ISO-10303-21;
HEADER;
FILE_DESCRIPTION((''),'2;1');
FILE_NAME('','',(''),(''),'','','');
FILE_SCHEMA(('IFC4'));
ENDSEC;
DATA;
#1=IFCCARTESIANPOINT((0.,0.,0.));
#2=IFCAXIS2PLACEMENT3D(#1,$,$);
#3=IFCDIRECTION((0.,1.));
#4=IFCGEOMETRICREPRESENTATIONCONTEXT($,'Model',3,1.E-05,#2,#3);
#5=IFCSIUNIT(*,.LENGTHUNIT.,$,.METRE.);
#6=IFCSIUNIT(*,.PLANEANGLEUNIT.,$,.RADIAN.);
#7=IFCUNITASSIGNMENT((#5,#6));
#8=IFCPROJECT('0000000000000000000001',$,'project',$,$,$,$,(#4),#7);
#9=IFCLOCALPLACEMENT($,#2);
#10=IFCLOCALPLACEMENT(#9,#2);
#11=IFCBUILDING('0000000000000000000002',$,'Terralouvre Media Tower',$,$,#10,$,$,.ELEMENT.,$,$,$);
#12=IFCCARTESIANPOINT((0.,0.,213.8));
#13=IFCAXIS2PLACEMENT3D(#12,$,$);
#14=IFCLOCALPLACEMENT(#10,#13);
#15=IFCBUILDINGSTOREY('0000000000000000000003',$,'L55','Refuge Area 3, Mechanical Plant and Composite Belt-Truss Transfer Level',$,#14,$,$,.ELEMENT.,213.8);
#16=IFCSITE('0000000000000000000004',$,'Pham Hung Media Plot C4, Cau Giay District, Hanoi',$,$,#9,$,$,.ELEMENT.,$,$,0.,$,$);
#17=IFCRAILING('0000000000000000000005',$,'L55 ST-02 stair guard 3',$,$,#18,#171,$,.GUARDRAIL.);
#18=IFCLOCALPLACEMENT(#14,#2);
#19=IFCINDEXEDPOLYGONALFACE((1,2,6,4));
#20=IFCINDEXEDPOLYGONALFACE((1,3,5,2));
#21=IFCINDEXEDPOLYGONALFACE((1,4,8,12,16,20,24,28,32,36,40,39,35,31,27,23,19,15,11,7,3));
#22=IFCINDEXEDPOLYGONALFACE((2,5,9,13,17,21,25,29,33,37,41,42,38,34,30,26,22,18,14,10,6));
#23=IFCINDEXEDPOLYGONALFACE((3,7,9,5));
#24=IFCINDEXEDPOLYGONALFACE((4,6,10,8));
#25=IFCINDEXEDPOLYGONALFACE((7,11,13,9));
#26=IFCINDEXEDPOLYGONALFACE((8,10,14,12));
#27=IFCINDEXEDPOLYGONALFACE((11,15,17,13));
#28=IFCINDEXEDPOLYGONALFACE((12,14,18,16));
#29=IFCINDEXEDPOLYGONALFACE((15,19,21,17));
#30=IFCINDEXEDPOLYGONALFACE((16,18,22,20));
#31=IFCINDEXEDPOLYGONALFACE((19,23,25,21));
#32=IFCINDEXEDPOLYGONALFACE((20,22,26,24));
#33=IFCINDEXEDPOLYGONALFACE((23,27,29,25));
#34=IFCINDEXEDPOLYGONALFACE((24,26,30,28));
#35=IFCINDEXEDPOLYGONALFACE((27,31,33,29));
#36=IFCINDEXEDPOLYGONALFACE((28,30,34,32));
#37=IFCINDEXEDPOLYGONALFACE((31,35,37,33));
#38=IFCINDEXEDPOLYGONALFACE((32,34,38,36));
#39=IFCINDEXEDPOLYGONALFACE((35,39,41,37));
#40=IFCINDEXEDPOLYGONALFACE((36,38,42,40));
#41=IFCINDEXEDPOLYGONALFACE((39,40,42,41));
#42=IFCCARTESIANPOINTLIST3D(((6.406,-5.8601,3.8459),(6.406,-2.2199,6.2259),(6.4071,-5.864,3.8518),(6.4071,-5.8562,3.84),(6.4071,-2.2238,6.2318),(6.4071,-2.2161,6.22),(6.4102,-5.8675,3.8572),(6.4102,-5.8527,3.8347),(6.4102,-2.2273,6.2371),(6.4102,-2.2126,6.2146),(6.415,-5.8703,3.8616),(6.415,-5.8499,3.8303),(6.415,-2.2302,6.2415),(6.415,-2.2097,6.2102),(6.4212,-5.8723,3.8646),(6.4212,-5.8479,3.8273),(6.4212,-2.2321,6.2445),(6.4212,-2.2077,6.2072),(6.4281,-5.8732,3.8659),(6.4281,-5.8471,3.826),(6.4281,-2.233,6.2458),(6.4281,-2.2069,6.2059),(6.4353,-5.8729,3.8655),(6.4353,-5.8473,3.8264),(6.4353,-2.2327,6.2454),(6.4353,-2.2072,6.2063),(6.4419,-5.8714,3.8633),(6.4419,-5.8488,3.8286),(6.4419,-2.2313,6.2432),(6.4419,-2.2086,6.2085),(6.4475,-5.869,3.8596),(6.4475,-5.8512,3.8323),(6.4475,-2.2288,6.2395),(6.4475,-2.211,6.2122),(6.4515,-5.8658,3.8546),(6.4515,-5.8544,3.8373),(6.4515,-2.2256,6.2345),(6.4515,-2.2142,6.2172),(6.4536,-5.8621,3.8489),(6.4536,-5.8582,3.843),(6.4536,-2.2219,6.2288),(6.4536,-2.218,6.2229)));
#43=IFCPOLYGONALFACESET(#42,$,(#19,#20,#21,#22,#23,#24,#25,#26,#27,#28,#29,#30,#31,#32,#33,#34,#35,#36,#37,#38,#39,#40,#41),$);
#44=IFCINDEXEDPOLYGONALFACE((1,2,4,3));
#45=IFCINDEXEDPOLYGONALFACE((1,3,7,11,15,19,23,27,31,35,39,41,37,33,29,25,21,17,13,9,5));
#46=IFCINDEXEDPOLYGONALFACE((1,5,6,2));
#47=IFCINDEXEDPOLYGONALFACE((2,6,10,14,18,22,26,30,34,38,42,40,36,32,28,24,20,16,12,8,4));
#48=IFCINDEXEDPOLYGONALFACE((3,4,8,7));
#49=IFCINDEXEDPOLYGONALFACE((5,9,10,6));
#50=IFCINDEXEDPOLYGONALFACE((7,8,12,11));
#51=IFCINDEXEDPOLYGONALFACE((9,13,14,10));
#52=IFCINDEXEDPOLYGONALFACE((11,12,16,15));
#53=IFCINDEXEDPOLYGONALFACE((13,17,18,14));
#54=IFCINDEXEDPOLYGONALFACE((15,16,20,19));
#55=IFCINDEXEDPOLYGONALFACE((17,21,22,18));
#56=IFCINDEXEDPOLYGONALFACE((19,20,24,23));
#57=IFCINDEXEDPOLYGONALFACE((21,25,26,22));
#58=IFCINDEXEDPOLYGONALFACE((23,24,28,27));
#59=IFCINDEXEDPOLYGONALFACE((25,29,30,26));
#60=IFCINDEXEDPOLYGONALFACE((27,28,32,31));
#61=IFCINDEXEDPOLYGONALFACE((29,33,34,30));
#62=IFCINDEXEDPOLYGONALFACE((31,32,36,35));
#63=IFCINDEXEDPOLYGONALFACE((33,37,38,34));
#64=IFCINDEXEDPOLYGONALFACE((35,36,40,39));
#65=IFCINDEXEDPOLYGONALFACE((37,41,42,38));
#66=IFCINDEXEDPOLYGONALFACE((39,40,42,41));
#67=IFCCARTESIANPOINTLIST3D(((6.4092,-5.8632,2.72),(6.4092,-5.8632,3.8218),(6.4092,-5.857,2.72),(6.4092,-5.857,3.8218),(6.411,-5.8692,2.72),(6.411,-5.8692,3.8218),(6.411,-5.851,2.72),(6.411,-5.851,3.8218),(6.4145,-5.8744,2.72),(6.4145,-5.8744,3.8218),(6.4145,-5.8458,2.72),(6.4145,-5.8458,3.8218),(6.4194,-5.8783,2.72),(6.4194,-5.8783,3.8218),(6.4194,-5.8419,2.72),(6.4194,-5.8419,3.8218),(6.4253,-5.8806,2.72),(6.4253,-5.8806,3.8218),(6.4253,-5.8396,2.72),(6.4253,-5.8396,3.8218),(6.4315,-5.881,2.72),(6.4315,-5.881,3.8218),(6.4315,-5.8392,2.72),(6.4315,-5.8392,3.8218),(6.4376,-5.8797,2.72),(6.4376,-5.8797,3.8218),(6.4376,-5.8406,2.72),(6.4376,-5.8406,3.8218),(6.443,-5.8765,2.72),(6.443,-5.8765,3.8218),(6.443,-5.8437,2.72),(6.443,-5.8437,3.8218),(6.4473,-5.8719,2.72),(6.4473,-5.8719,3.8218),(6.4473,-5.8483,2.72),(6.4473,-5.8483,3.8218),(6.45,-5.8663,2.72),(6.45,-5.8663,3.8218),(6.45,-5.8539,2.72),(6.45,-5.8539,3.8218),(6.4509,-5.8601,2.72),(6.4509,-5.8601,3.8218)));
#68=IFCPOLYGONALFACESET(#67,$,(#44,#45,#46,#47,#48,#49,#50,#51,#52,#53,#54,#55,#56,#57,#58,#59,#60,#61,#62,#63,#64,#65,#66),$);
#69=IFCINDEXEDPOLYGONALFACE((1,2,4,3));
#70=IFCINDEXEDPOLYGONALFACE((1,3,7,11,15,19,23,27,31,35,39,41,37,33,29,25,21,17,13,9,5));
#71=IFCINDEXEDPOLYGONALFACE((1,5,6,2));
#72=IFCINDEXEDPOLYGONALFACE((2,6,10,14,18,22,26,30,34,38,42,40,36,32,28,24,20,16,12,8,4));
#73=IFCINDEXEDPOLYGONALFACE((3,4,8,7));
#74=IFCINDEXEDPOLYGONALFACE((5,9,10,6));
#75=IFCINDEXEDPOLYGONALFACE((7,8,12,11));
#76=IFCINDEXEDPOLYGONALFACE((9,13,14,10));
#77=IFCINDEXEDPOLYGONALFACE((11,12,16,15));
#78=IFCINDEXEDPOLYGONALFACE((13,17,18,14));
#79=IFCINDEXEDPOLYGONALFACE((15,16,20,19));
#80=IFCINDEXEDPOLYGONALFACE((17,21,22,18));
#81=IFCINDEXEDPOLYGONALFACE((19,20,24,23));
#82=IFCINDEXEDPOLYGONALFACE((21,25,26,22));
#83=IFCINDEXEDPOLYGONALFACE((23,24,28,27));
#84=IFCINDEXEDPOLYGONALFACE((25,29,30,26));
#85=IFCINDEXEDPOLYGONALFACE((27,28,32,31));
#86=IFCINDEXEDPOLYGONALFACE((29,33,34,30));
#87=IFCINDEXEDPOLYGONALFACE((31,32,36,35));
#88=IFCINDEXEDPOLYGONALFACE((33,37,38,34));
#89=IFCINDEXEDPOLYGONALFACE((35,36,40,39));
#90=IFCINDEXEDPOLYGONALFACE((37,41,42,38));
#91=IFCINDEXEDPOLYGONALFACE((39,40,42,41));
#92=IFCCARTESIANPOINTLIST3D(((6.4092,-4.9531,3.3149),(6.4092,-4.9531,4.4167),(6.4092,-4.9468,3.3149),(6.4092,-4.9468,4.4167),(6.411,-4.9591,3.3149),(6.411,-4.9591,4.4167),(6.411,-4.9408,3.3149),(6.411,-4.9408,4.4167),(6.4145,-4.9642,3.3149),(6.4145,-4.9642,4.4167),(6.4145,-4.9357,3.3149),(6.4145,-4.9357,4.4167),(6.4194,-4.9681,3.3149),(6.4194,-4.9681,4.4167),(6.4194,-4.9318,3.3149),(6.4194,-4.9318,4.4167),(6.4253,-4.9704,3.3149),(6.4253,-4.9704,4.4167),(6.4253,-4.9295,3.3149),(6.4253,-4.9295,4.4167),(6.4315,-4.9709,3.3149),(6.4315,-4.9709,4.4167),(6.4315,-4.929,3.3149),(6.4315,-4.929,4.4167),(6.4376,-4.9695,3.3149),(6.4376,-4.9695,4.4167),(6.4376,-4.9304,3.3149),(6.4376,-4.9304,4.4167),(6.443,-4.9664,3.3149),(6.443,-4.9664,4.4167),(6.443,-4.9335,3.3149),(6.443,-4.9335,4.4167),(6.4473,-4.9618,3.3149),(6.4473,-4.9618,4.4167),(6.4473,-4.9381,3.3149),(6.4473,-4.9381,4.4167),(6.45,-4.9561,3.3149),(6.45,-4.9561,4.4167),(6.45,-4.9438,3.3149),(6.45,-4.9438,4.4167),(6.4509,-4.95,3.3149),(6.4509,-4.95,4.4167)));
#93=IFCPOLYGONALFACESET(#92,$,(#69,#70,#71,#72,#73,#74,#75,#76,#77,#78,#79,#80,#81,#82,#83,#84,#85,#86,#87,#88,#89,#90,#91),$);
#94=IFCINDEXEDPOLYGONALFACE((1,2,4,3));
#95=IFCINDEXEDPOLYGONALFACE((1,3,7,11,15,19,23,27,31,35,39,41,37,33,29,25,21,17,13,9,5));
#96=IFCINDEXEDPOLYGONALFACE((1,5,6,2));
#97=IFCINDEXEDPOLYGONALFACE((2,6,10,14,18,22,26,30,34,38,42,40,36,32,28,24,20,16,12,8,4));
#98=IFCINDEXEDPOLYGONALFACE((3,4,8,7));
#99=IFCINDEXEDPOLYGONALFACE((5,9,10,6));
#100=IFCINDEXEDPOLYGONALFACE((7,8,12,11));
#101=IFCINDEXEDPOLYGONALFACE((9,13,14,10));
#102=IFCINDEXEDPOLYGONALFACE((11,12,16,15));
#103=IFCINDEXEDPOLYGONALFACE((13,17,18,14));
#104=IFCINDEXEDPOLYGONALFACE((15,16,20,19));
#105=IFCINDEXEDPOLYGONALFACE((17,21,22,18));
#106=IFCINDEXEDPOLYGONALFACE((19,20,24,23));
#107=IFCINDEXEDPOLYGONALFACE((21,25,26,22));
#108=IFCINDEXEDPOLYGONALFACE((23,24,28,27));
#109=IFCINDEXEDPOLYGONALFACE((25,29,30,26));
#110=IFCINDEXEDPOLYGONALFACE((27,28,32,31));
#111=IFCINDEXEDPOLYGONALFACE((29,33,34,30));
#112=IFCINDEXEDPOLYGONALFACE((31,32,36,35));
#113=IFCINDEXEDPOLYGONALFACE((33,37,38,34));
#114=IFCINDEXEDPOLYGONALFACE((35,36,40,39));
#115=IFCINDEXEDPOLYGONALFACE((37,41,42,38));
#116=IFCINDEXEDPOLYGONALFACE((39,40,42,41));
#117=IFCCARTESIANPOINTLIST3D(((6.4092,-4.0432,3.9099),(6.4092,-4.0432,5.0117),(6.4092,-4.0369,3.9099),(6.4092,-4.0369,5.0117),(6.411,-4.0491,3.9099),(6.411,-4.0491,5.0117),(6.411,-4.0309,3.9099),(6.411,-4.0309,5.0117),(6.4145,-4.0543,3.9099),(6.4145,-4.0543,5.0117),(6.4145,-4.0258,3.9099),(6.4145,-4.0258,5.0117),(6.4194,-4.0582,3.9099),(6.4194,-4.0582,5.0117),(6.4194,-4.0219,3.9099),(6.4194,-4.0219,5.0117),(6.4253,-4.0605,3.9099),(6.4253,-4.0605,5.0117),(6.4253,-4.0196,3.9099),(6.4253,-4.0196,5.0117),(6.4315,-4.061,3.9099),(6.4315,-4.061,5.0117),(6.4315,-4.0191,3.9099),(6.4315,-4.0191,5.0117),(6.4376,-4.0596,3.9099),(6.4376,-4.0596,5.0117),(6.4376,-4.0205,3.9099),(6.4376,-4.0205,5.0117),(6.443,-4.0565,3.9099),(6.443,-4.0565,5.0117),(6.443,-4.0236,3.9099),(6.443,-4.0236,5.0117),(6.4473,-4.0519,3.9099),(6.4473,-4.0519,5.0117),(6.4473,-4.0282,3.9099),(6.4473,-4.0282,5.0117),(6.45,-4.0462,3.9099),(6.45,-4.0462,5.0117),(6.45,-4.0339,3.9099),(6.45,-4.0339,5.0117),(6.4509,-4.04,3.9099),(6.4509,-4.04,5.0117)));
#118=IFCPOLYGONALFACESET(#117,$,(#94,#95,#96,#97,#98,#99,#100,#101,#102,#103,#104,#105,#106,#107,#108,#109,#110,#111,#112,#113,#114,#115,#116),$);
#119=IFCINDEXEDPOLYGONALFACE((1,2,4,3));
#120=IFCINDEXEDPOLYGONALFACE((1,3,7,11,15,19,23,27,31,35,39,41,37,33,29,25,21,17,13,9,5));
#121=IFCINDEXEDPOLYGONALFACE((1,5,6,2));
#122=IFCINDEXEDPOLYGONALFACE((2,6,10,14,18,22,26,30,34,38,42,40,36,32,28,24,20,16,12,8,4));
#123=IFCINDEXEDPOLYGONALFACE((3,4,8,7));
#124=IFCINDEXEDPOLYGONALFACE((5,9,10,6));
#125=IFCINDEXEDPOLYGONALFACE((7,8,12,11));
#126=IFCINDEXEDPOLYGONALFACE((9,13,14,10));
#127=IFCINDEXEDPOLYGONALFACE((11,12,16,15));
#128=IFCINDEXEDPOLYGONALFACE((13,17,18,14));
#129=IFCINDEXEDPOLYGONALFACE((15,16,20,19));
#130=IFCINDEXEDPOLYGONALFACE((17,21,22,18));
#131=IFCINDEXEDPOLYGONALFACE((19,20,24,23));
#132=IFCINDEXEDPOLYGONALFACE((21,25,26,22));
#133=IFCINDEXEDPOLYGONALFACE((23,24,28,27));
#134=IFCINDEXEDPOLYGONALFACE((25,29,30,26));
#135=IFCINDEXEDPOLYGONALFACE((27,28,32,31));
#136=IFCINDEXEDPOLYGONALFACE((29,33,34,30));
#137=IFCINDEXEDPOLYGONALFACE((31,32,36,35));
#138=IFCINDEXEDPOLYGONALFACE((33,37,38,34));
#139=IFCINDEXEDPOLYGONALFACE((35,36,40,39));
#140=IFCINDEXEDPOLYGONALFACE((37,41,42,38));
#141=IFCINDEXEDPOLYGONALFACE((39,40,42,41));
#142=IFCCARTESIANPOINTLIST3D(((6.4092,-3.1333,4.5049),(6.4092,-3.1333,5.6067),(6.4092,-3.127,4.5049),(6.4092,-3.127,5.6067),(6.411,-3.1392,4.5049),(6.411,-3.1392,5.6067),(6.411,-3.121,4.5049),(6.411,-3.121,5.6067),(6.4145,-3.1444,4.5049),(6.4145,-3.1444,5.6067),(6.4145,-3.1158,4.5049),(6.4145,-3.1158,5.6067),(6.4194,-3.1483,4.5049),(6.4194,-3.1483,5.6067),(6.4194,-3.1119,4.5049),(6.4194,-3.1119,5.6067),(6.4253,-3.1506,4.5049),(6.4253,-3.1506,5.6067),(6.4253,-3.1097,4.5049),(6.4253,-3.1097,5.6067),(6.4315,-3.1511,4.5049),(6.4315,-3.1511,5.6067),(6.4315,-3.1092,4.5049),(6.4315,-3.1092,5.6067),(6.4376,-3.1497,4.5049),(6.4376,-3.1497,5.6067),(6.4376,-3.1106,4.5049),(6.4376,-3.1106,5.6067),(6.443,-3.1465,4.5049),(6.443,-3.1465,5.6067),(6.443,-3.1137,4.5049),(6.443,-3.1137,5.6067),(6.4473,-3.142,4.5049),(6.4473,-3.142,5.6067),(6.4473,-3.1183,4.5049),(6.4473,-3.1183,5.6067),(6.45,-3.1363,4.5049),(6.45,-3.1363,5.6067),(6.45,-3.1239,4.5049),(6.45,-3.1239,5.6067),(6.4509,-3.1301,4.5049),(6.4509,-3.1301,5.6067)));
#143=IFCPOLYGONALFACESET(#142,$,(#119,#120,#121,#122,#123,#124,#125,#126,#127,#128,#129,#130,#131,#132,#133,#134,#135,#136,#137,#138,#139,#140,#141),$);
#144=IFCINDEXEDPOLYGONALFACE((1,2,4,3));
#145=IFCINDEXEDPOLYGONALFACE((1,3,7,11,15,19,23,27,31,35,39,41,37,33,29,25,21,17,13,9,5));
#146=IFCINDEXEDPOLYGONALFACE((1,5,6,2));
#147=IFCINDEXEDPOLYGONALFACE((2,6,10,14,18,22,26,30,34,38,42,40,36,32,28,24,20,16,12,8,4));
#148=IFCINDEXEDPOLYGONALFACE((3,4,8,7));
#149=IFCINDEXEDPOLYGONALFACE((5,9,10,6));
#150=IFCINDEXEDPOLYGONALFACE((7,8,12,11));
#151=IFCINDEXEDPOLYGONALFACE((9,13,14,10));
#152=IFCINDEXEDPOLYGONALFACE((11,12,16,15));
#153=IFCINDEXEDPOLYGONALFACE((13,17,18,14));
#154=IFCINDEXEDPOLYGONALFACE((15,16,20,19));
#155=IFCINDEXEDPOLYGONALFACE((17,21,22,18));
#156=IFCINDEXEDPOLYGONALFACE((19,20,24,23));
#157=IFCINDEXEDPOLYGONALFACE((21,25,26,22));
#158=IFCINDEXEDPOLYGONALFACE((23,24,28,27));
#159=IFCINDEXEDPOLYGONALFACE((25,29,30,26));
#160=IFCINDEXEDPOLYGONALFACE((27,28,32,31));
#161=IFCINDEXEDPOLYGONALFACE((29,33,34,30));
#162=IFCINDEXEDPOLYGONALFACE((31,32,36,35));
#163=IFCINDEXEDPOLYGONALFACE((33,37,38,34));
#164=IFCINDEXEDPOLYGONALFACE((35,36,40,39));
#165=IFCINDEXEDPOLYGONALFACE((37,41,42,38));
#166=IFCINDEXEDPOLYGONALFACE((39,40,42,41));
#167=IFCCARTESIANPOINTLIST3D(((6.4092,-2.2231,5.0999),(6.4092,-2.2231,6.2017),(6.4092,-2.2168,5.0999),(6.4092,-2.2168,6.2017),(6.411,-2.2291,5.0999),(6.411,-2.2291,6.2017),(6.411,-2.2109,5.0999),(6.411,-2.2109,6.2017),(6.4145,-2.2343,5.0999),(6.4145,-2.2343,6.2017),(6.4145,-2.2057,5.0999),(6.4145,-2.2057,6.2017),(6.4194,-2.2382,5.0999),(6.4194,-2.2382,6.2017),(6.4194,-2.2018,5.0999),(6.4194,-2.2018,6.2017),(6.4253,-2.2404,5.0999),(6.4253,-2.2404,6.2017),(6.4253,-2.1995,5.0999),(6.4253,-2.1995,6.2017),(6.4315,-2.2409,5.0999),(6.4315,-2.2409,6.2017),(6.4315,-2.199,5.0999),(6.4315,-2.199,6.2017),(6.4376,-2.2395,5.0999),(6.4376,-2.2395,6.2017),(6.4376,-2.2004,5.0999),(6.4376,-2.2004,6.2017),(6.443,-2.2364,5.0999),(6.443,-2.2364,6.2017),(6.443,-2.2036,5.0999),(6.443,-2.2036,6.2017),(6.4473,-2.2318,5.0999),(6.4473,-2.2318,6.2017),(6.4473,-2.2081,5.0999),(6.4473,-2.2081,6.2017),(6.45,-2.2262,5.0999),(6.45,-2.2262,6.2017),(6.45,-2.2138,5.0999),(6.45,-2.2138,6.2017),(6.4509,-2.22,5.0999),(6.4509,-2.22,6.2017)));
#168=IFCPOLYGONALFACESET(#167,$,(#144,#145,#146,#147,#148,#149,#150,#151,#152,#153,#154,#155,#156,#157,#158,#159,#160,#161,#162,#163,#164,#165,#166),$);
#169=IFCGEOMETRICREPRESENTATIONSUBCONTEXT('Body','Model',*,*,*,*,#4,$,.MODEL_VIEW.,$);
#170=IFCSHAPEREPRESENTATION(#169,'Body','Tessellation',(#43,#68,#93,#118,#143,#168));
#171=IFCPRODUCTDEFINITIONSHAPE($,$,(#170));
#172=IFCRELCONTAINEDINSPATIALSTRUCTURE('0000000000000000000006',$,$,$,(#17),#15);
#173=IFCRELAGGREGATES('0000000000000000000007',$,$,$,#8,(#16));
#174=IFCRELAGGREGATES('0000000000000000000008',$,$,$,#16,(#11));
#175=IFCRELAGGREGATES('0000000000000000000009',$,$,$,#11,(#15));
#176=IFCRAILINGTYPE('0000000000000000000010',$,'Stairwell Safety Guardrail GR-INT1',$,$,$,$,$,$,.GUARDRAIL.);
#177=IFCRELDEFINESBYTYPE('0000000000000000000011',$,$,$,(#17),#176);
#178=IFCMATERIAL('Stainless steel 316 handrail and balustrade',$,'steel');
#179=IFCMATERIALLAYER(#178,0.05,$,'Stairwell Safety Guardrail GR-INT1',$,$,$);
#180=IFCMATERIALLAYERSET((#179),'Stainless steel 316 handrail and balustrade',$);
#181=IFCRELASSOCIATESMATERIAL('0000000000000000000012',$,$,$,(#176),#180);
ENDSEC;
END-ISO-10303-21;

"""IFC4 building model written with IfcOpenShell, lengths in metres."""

from ifc_helpers import new_model, si_unit, direction, frame, origin, origin_2d, place, context, subcontext, project, spatial, circle, extrude, material, layer, layer_set, type_object, element, save


model = new_model("IFC4")

# Units and contexts
model_context = context("Model", 3, precision=1e-05, world=origin(), true_north=direction((0.0, 1.0)))
body_context = subcontext(model_context, "Body", "Model", "MODEL_VIEW")
ifc_project = project(units=[si_unit("LENGTHUNIT", "METRE"), si_unit("PLANEANGLEUNIT", "RADIAN")], contexts=[model_context])

# Site, building, storey
site_placement = place(None, origin())
site = spatial("IfcSite", under=ifc_project, at=site_placement, Name="Pham Hung Media Plot C4, Cau Giay District, Hanoi", CompositionType="ELEMENT", RefElevation=0.0)
building_placement = place(site_placement, origin())
building = spatial("IfcBuilding", under=site, at=building_placement, Name="Terralouvre Media Tower", CompositionType="ELEMENT")
storey_placement = place(building_placement, frame((0.0, 0.0, 213.8)))
storey = spatial("IfcBuildingStorey", under=building, at=storey_placement, Name="L55", Description="Refuge Area 3, Mechanical Plant and Composite Belt-Truss Transfer Level", CompositionType="ELEMENT", Elevation=213.8)

# Railing
ifc_material_1 = material(Name="Stainless steel 316 handrail and balustrade", Category="steel")
ifc_layer_1 = layer(ifc_material_1, 0.05, Name="Stairwell Safety Guardrail GR-INT1")
ifc_layer_set_1 = layer_set([ifc_layer_1], Name="Stainless steel 316 handrail and balustrade")
railing_type_1 = type_object("IfcRailingType", Name="Stairwell Safety Guardrail GR-INT1", PredefinedType="GUARDRAIL", material=ifc_layer_set_1)
railing_1_placement = place(storey_placement, frame((6.4299, -5.8601, 2.72)))
element("IfcRailing", 1, at=railing_1_placement, inside=storey, type_object=railing_type_1, Name="L55 ST-02 stair guard 3", PredefinedType="GUARDRAIL", context=body_context, shape_type="SweptSolid", body=[
    extrude(circle(Radius=0.0239, at=origin_2d()), frame((0.0, 0.0, 1.126), z_axis=(0.0, 0.836991, 0.547216), x_axis=(-1.0, 0.0, 0.0)), (0.0, 0.0, 1.0), 4.3491),
    extrude(circle(Radius=0.021, at=origin_2d()), origin(), (0.0, 0.0, 1.0), 1.1018),
    extrude(circle(Radius=0.021, at=origin_2d()), frame((0.0, 0.9102, 0.595)), (0.0, 0.0, 1.0), 1.1018),
    extrude(circle(Radius=0.021, at=origin_2d()), frame((0.0, 1.8201, 1.1899)), (0.0, 0.0, 1.0), 1.1018),
    extrude(circle(Radius=0.021, at=origin_2d()), frame((0.0, 2.73, 1.7849)), (0.0, 0.0, 1.0), 1.1018),
    extrude(circle(Radius=0.021, at=origin_2d()), frame((0.0, 3.6401, 2.3799)), (0.0, 0.0, 1.0), 1.1018),
])

save(model, "model.ifc")
